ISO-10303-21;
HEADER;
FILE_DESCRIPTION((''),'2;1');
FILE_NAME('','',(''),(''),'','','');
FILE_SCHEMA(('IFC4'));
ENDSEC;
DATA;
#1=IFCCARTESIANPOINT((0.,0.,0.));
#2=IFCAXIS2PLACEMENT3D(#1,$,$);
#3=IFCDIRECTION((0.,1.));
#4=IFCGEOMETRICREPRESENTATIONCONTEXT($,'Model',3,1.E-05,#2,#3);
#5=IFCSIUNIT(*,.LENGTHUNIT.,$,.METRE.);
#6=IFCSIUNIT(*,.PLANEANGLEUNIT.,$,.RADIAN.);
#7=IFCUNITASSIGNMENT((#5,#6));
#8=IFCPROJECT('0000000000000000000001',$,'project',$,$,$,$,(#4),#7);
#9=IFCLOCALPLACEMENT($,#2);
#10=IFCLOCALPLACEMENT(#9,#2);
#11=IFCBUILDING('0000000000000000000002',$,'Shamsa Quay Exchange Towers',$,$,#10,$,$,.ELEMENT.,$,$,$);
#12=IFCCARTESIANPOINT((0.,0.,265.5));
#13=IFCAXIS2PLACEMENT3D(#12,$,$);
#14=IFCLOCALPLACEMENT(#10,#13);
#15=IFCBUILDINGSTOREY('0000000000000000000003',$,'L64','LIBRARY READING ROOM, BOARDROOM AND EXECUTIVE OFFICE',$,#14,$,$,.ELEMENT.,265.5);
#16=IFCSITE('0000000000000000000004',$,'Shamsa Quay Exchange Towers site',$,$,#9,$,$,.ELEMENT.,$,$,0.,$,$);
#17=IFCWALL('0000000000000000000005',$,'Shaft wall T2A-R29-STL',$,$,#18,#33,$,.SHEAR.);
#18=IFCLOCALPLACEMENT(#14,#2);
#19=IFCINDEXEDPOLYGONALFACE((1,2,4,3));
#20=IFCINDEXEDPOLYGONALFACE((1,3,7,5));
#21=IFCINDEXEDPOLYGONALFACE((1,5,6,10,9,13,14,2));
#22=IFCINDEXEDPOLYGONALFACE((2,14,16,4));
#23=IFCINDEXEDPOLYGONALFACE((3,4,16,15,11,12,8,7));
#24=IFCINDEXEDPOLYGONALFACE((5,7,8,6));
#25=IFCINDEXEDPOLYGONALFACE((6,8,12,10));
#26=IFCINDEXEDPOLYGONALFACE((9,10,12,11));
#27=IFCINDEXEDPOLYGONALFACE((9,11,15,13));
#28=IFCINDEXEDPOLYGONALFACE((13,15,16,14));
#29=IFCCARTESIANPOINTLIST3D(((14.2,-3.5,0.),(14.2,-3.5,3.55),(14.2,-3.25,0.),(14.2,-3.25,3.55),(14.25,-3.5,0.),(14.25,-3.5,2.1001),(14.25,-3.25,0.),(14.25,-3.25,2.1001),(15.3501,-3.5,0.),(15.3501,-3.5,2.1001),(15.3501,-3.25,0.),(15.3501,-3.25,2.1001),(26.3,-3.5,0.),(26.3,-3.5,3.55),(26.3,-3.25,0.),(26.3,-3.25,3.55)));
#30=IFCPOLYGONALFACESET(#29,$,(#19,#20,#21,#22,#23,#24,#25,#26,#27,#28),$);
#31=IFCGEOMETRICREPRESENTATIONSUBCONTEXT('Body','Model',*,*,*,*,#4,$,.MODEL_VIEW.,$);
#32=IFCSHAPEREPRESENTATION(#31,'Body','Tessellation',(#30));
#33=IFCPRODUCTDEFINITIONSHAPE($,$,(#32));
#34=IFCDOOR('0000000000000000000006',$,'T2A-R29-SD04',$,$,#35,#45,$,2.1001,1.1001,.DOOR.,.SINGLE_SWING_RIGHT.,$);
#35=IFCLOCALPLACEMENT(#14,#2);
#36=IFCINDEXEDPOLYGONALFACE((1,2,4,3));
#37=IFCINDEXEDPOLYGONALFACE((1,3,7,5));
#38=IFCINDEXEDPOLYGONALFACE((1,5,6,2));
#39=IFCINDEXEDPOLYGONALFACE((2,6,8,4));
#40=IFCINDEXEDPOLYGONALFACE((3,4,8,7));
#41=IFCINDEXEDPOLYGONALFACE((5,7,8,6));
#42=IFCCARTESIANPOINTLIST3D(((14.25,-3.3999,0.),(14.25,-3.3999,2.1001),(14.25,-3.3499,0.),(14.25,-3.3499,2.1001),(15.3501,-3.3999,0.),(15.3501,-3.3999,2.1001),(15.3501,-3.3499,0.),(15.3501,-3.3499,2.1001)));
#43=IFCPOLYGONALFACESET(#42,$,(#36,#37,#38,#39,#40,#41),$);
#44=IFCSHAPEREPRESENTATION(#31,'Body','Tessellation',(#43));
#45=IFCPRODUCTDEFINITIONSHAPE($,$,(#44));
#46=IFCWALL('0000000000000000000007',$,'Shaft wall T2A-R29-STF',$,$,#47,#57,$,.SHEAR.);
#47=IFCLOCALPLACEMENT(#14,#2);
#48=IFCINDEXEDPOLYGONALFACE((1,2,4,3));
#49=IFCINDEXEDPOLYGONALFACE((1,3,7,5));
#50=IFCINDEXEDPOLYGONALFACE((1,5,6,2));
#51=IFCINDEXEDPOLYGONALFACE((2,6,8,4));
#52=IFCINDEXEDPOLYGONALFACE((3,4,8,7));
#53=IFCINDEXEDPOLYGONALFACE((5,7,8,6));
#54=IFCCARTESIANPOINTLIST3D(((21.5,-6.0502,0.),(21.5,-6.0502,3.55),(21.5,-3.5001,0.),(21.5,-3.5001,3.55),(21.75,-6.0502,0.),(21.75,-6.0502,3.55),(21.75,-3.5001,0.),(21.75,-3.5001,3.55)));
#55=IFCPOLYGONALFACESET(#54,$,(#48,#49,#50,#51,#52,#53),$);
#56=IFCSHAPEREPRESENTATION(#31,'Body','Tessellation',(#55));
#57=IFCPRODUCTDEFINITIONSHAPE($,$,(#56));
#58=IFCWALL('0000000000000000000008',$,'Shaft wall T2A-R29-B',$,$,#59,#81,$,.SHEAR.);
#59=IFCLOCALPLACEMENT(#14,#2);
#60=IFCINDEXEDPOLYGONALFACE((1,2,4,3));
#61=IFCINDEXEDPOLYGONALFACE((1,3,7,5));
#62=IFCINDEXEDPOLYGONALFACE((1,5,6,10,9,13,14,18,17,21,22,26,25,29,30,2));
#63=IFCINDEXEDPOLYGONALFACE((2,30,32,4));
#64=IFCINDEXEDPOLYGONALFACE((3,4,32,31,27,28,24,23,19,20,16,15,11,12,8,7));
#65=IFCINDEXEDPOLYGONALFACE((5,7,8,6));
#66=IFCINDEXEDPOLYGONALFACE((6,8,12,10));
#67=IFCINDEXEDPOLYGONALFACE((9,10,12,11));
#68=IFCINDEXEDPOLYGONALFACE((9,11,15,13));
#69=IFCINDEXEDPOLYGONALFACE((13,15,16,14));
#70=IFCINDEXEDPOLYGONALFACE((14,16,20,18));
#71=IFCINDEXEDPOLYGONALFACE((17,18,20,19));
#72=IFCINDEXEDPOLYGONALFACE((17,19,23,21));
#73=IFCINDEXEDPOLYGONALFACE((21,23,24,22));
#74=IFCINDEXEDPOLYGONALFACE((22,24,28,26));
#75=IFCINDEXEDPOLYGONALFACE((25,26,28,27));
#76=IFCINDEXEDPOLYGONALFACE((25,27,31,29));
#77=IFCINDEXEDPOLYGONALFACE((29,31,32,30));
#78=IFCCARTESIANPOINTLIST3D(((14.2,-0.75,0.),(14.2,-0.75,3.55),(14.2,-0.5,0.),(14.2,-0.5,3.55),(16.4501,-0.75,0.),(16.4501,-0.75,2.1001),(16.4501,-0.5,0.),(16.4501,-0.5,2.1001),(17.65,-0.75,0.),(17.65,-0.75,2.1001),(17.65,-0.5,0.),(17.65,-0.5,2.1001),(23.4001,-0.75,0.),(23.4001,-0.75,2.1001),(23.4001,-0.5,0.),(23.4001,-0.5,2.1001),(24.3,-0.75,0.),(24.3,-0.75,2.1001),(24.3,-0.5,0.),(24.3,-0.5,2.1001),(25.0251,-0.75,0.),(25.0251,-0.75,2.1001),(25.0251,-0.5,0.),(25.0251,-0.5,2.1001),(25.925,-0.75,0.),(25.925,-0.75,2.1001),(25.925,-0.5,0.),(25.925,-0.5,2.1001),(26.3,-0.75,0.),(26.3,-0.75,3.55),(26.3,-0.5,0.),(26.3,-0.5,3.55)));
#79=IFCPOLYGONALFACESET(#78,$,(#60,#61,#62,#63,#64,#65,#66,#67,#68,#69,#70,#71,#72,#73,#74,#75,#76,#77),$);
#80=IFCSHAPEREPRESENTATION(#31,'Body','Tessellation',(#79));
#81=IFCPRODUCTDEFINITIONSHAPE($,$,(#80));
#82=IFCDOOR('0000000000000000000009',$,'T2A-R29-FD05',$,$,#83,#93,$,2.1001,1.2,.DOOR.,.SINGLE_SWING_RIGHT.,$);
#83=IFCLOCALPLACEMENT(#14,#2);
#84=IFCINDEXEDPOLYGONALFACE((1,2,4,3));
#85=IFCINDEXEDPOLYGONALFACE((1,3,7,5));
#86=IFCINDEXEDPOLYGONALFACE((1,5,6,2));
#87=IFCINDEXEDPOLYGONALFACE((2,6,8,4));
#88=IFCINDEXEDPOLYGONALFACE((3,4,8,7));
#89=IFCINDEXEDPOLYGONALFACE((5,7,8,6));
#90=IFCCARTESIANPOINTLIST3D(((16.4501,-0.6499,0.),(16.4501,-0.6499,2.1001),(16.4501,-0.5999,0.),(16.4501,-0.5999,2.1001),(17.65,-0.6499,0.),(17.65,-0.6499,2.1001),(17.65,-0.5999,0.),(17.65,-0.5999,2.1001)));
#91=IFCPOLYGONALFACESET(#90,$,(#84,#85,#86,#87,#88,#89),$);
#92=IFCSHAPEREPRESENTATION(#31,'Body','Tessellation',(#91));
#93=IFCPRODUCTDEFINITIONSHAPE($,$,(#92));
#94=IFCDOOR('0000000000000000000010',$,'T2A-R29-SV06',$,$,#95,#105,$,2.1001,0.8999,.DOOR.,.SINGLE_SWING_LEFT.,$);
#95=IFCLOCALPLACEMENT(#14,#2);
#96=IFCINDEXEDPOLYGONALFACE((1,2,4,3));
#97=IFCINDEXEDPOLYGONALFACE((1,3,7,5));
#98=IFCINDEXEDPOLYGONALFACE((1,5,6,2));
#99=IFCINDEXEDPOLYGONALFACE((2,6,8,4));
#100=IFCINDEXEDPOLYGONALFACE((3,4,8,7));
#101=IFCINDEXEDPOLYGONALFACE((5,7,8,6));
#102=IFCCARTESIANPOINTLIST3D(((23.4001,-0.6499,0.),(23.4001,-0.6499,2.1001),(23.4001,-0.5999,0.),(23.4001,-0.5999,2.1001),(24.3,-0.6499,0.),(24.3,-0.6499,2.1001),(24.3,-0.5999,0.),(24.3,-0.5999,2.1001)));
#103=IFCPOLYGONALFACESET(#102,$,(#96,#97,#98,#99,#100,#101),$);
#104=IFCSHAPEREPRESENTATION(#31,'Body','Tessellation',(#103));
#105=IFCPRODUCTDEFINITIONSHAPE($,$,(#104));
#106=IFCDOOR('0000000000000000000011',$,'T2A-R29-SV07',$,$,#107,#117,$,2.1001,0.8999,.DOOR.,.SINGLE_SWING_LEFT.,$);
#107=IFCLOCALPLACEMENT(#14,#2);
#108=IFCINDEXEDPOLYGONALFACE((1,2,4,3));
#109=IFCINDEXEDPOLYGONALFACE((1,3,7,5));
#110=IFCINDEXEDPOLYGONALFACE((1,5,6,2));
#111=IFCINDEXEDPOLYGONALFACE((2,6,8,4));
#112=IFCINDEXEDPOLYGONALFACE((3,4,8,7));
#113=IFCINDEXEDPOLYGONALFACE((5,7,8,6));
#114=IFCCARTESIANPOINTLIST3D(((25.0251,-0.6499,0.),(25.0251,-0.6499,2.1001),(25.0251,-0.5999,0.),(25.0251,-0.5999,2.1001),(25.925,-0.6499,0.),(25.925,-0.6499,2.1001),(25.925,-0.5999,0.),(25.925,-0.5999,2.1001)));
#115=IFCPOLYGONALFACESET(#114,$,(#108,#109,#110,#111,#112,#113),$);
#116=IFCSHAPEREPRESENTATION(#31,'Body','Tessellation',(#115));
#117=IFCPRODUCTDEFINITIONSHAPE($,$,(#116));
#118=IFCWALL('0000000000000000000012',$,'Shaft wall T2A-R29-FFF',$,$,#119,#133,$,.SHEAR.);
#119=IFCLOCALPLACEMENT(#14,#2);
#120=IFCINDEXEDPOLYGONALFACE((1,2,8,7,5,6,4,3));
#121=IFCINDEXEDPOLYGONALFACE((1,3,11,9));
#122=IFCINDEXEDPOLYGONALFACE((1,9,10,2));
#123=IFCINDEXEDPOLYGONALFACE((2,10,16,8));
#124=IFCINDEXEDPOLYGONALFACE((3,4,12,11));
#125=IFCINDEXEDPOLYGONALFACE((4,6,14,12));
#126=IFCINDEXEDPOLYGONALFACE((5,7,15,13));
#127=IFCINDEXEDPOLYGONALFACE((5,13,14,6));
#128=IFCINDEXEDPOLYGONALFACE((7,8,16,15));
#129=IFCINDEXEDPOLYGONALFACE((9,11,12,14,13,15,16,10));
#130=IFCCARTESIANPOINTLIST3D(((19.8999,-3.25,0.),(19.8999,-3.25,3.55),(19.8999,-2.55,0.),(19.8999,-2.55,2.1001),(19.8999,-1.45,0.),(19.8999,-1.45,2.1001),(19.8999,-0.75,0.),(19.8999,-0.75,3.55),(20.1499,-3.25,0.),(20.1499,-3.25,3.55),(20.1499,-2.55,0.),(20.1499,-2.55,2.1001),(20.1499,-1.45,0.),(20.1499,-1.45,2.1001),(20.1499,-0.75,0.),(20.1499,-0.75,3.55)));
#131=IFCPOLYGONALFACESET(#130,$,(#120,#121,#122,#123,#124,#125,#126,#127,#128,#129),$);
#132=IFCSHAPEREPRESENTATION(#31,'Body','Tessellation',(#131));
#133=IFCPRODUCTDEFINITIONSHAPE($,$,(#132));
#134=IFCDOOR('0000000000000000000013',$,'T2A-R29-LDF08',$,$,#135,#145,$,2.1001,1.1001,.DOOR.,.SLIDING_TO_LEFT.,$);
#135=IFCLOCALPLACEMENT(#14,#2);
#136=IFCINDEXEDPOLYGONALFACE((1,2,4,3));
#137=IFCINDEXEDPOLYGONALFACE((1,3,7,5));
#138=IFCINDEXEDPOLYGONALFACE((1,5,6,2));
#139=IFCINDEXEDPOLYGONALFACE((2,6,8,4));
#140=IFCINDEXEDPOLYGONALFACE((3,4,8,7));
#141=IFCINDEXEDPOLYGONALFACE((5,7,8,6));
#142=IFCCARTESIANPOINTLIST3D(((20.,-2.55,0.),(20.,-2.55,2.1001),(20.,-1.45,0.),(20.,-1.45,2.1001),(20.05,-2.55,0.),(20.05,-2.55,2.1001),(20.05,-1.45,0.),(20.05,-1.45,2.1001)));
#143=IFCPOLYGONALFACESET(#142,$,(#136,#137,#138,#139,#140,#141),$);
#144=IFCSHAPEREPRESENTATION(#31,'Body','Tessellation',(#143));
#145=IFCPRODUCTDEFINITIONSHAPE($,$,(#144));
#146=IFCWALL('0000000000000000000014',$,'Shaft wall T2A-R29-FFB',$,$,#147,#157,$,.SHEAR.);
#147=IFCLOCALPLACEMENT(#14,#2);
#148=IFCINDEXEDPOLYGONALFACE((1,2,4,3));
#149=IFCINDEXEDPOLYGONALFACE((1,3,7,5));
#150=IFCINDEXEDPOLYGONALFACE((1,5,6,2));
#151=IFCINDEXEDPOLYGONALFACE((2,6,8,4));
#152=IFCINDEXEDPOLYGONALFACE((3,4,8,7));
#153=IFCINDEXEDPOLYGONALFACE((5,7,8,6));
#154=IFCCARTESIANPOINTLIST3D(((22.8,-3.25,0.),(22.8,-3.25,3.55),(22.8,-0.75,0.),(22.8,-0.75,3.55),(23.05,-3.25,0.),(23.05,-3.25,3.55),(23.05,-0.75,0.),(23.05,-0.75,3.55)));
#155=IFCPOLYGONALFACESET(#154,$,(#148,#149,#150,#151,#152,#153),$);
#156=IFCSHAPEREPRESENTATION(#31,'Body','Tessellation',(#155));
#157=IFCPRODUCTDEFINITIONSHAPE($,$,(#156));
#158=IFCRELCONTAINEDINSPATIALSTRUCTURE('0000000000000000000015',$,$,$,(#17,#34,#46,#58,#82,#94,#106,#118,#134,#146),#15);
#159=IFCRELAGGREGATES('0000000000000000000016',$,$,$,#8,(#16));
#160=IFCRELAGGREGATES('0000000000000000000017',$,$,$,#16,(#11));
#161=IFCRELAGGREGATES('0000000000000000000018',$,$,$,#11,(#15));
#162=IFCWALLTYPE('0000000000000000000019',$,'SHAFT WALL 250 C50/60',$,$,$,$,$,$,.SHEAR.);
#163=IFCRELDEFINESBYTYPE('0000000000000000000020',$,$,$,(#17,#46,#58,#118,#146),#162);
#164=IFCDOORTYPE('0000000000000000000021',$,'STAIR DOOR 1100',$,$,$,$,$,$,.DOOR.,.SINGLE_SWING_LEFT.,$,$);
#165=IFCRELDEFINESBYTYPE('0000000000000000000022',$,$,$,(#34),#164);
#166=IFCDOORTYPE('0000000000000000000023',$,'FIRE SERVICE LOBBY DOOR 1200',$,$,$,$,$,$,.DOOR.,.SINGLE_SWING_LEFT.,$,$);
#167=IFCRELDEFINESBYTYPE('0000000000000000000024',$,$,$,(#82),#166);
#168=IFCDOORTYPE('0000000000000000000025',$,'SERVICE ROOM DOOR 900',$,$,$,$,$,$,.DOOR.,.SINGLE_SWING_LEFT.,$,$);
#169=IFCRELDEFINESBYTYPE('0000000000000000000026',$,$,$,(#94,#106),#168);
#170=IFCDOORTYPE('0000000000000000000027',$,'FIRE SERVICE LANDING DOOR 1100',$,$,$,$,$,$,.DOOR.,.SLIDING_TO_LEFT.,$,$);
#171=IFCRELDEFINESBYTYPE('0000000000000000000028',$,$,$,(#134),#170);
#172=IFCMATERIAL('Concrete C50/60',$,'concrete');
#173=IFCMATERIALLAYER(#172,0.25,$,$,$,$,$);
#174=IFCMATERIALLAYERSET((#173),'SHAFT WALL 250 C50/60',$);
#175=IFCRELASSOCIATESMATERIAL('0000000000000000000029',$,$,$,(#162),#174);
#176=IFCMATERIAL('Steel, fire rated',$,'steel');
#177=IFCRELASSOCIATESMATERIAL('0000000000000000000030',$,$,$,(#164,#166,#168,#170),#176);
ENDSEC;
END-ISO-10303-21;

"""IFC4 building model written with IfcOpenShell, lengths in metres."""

from ifc_helpers import new_model, si_unit, direction, frame, frame_2d, origin, place, context, subcontext, project, spatial, rectangle, extrude, material, layer, layer_set, type_object, element, fill, save


model = new_model("IFC4")

# Units and contexts
model_context = context("Model", 3, precision=1e-05, world=origin(), true_north=direction((0.0, 1.0)))
body_context = subcontext(model_context, "Body", "Model", "MODEL_VIEW")
ifc_project = project(units=[si_unit("LENGTHUNIT", "METRE"), si_unit("PLANEANGLEUNIT", "RADIAN")], contexts=[model_context])

# Site, building, storey
site_placement = place(None, origin())
site = spatial("IfcSite", under=ifc_project, at=site_placement, Name="Shamsa Quay Exchange Towers site", CompositionType="ELEMENT", RefElevation=0.0)
building_placement = place(site_placement, origin())
building = spatial("IfcBuilding", under=site, at=building_placement, Name="Shamsa Quay Exchange Towers", CompositionType="ELEMENT")
storey_placement = place(building_placement, frame((0.0, 0.0, 265.5)))
storey = spatial("IfcBuildingStorey", under=building, at=storey_placement, Name="L64", Description="LIBRARY READING ROOM, BOARDROOM AND EXECUTIVE OFFICE", CompositionType="ELEMENT", Elevation=265.5)

# Wall, opening, door
ifc_material_1 = material(Name="Concrete C50/60", Category="concrete")
ifc_layer_1 = layer(ifc_material_1, 0.25)
ifc_layer_set_1 = layer_set([ifc_layer_1], Name="SHAFT WALL 250 C50/60")
wall_type_1 = type_object("IfcWallType", Name="SHAFT WALL 250 C50/60", PredefinedType="SHEAR", material=ifc_layer_set_1)
wall_1_placement = place(storey_placement, frame((26.3, -3.375, 0.0), z_axis=(0.0, 0.0, 1.0), x_axis=(-1.0, 0.0, 0.0)))
wall_1 = element("IfcWall", 1, at=wall_1_placement, inside=storey, type_object=wall_type_1, Name="Shaft wall T2A-R29-STL", PredefinedType="SHEAR", context=body_context, shape_type="SweptSolid", body=[
    extrude(rectangle(XDim=12.1001, YDim=0.25, at=frame_2d((6.05, 0.0))), origin(), (0.0, 0.0, 1.0), 3.55),
])
opening_1_placement = place(wall_1_placement, frame((10.95, 0.0, 0.0)))
opening_1 = element("IfcOpeningElement", 2, at=opening_1_placement, cuts=wall_1, PredefinedType="OPENING", context=body_context, shape_type="SweptSolid", body=[
    extrude(rectangle(XDim=1.1001, YDim=2.1001, at=frame_2d((0.55, 1.05))), frame((0.0, 0.135, 0.0), z_axis=(0.0, -1.0, 0.0), x_axis=(1.0, 0.0, 0.0)), (0.0, 0.0, 1.0), 0.27),
])
ifc_material_2 = material(Name="Steel, fire rated", Category="steel")
door_type_1 = type_object("IfcDoorType", Name="STAIR DOOR 1100", OperationType="SINGLE_SWING_LEFT", PredefinedType="DOOR", material=ifc_material_2)
door_1_placement = place(opening_1_placement, origin())
door_1 = element("IfcDoor", 3, at=door_1_placement, inside=storey, type_object=door_type_1, Name="T2A-R29-SD04", OperationType="SINGLE_SWING_RIGHT", OverallHeight=2.1001, OverallWidth=1.1001, PredefinedType="DOOR", context=body_context, shape_type="SweptSolid", body=[
    extrude(rectangle(XDim=1.1001, YDim=2.1001, at=frame_2d((0.55, 1.05))), frame((0.0, 0.0249, 0.0), z_axis=(0.0, -1.0, 0.0), x_axis=(1.0, 0.0, 0.0)), (0.0, 0.0, 1.0), 0.05),
])
fill(opening_1, door_1)

# Wall
wall_2_placement = place(storey_placement, frame((21.625, -6.05, 0.0), z_axis=(0.0, 0.0, 1.0), x_axis=(0.0, 1.0, 0.0)))
element("IfcWall", 4, at=wall_2_placement, inside=storey, type_object=wall_type_1, Name="Shaft wall T2A-R29-STF", PredefinedType="SHEAR", context=body_context, shape_type="SweptSolid", body=[
    extrude(rectangle(XDim=2.55, YDim=0.25, at=frame_2d((1.2749, 0.0))), origin(), (0.0, 0.0, 1.0), 3.55),
])

# Wall, openings, doors
wall_3_placement = place(storey_placement, frame((26.3, -0.625, 0.0), z_axis=(0.0, 0.0, 1.0), x_axis=(-1.0, 0.0, 0.0)))
wall_3 = element("IfcWall", 5, at=wall_3_placement, inside=storey, type_object=wall_type_1, Name="Shaft wall T2A-R29-B", PredefinedType="SHEAR", context=body_context, shape_type="SweptSolid", body=[
    extrude(rectangle(XDim=12.1001, YDim=0.25, at=frame_2d((6.05, 0.0))), origin(), (0.0, 0.0, 1.0), 3.55),
])
opening_2_placement = place(wall_3_placement, frame((8.6499, 0.0, 0.0)))
opening_2 = element("IfcOpeningElement", 6, at=opening_2_placement, cuts=wall_3, PredefinedType="OPENING", context=body_context, shape_type="SweptSolid", body=[
    extrude(rectangle(XDim=1.2, YDim=2.1001, at=frame_2d((0.6001, 1.05))), frame((0.0, 0.135, 0.0), z_axis=(0.0, -1.0, 0.0), x_axis=(1.0, 0.0, 0.0)), (0.0, 0.0, 1.0), 0.27),
])
opening_3_placement = place(wall_3_placement, frame((2.0, 0.0, 0.0)))
opening_3 = element("IfcOpeningElement", 7, at=opening_3_placement, cuts=wall_3, PredefinedType="OPENING", context=body_context, shape_type="SweptSolid", body=[
    extrude(rectangle(XDim=0.8999, YDim=2.1001, at=frame_2d((0.45, 1.05))), frame((0.0, 0.135, 0.0), z_axis=(0.0, -1.0, 0.0), x_axis=(1.0, 0.0, 0.0)), (0.0, 0.0, 1.0), 0.27),
])
opening_4_placement = place(wall_3_placement, frame((0.375, 0.0, 0.0)))
opening_4 = element("IfcOpeningElement", 8, at=opening_4_placement, cuts=wall_3, PredefinedType="OPENING", context=body_context, shape_type="SweptSolid", body=[
    extrude(rectangle(XDim=0.8999, YDim=2.1001, at=frame_2d((0.45, 1.05))), frame((0.0, 0.135, 0.0), z_axis=(0.0, -1.0, 0.0), x_axis=(1.0, 0.0, 0.0)), (0.0, 0.0, 1.0), 0.27),
])
door_type_2 = type_object("IfcDoorType", Name="FIRE SERVICE LOBBY DOOR 1200", OperationType="SINGLE_SWING_LEFT", PredefinedType="DOOR", material=ifc_material_2)
door_2_placement = place(opening_2_placement, origin())
door_2 = element("IfcDoor", 9, at=door_2_placement, inside=storey, type_object=door_type_2, Name="T2A-R29-FD05", OperationType="SINGLE_SWING_RIGHT", OverallHeight=2.1001, OverallWidth=1.2, PredefinedType="DOOR", context=body_context, shape_type="SweptSolid", body=[
    extrude(rectangle(XDim=1.2, YDim=2.1001, at=frame_2d((0.6001, 1.05))), frame((0.0, 0.0249, 0.0), z_axis=(0.0, -1.0, 0.0), x_axis=(1.0, 0.0, 0.0)), (0.0, 0.0, 1.0), 0.05),
])
fill(opening_2, door_2)
door_type_3 = type_object("IfcDoorType", Name="SERVICE ROOM DOOR 900", OperationType="SINGLE_SWING_LEFT", PredefinedType="DOOR", material=ifc_material_2)
door_3_placement = place(opening_3_placement, origin())
door_3 = element("IfcDoor", 10, at=door_3_placement, inside=storey, type_object=door_type_3, Name="T2A-R29-SV06", OperationType="SINGLE_SWING_LEFT", OverallHeight=2.1001, OverallWidth=0.8999, PredefinedType="DOOR", context=body_context, shape_type="SweptSolid", body=[
    extrude(rectangle(XDim=0.8999, YDim=2.1001, at=frame_2d((0.45, 1.05))), frame((0.0, 0.0249, 0.0), z_axis=(0.0, -1.0, 0.0), x_axis=(1.0, 0.0, 0.0)), (0.0, 0.0, 1.0), 0.05),
])
fill(opening_3, door_3)
door_4_placement = place(opening_4_placement, origin())
door_4 = element("IfcDoor", 11, at=door_4_placement, inside=storey, type_object=door_type_3, Name="T2A-R29-SV07", OperationType="SINGLE_SWING_LEFT", OverallHeight=2.1001, OverallWidth=0.8999, PredefinedType="DOOR", context=body_context, shape_type="SweptSolid", body=[
    extrude(rectangle(XDim=0.8999, YDim=2.1001, at=frame_2d((0.45, 1.05))), frame((0.0, 0.0249, 0.0), z_axis=(0.0, -1.0, 0.0), x_axis=(1.0, 0.0, 0.0)), (0.0, 0.0, 1.0), 0.05),
])
fill(opening_4, door_4)

# Wall, opening, door
wall_4_placement = place(storey_placement, frame((20.0249, -3.25, 0.0), z_axis=(0.0, 0.0, 1.0), x_axis=(0.0, 1.0, 0.0)))
wall_4 = element("IfcWall", 12, at=wall_4_placement, inside=storey, type_object=wall_type_1, Name="Shaft wall T2A-R29-FFF", PredefinedType="SHEAR", context=body_context, shape_type="SweptSolid", body=[
    extrude(rectangle(XDim=2.5, YDim=0.25, at=frame_2d((1.25, 0.0))), origin(), (0.0, 0.0, 1.0), 3.55),
])
opening_5_placement = place(wall_4_placement, frame((0.7, 0.0, 0.0)))
opening_5 = element("IfcOpeningElement", 13, at=opening_5_placement, cuts=wall_4, PredefinedType="OPENING", context=body_context, shape_type="SweptSolid", body=[
    extrude(rectangle(XDim=1.1001, YDim=2.1001, at=frame_2d((0.55, 1.05))), frame((0.0, 0.135, 0.0), z_axis=(0.0, -1.0, 0.0), x_axis=(1.0, 0.0, 0.0)), (0.0, 0.0, 1.0), 0.27),
])
door_type_4 = type_object("IfcDoorType", Name="FIRE SERVICE LANDING DOOR 1100", OperationType="SLIDING_TO_LEFT", PredefinedType="DOOR", material=ifc_material_2)
door_5_placement = place(opening_5_placement, origin())
door_5 = element("IfcDoor", 14, at=door_5_placement, inside=storey, type_object=door_type_4, Name="T2A-R29-LDF08", OperationType="SLIDING_TO_LEFT", OverallHeight=2.1001, OverallWidth=1.1001, PredefinedType="DOOR", context=body_context, shape_type="SweptSolid", body=[
    extrude(rectangle(XDim=1.1001, YDim=2.1001, at=frame_2d((0.55, 1.05))), frame((0.0, 0.0249, 0.0), z_axis=(0.0, -1.0, 0.0), x_axis=(1.0, 0.0, 0.0)), (0.0, 0.0, 1.0), 0.05),
])
fill(opening_5, door_5)

# Wall
wall_5_placement = place(storey_placement, frame((22.925, -3.25, 0.0), z_axis=(0.0, 0.0, 1.0), x_axis=(0.0, 1.0, 0.0)))
element("IfcWall", 15, at=wall_5_placement, inside=storey, type_object=wall_type_1, Name="Shaft wall T2A-R29-FFB", PredefinedType="SHEAR", context=body_context, shape_type="SweptSolid", body=[
    extrude(rectangle(XDim=2.5, YDim=0.25, at=frame_2d((1.25, 0.0))), origin(), (0.0, 0.0, 1.0), 3.55),
])

save(model, "model.ifc")
